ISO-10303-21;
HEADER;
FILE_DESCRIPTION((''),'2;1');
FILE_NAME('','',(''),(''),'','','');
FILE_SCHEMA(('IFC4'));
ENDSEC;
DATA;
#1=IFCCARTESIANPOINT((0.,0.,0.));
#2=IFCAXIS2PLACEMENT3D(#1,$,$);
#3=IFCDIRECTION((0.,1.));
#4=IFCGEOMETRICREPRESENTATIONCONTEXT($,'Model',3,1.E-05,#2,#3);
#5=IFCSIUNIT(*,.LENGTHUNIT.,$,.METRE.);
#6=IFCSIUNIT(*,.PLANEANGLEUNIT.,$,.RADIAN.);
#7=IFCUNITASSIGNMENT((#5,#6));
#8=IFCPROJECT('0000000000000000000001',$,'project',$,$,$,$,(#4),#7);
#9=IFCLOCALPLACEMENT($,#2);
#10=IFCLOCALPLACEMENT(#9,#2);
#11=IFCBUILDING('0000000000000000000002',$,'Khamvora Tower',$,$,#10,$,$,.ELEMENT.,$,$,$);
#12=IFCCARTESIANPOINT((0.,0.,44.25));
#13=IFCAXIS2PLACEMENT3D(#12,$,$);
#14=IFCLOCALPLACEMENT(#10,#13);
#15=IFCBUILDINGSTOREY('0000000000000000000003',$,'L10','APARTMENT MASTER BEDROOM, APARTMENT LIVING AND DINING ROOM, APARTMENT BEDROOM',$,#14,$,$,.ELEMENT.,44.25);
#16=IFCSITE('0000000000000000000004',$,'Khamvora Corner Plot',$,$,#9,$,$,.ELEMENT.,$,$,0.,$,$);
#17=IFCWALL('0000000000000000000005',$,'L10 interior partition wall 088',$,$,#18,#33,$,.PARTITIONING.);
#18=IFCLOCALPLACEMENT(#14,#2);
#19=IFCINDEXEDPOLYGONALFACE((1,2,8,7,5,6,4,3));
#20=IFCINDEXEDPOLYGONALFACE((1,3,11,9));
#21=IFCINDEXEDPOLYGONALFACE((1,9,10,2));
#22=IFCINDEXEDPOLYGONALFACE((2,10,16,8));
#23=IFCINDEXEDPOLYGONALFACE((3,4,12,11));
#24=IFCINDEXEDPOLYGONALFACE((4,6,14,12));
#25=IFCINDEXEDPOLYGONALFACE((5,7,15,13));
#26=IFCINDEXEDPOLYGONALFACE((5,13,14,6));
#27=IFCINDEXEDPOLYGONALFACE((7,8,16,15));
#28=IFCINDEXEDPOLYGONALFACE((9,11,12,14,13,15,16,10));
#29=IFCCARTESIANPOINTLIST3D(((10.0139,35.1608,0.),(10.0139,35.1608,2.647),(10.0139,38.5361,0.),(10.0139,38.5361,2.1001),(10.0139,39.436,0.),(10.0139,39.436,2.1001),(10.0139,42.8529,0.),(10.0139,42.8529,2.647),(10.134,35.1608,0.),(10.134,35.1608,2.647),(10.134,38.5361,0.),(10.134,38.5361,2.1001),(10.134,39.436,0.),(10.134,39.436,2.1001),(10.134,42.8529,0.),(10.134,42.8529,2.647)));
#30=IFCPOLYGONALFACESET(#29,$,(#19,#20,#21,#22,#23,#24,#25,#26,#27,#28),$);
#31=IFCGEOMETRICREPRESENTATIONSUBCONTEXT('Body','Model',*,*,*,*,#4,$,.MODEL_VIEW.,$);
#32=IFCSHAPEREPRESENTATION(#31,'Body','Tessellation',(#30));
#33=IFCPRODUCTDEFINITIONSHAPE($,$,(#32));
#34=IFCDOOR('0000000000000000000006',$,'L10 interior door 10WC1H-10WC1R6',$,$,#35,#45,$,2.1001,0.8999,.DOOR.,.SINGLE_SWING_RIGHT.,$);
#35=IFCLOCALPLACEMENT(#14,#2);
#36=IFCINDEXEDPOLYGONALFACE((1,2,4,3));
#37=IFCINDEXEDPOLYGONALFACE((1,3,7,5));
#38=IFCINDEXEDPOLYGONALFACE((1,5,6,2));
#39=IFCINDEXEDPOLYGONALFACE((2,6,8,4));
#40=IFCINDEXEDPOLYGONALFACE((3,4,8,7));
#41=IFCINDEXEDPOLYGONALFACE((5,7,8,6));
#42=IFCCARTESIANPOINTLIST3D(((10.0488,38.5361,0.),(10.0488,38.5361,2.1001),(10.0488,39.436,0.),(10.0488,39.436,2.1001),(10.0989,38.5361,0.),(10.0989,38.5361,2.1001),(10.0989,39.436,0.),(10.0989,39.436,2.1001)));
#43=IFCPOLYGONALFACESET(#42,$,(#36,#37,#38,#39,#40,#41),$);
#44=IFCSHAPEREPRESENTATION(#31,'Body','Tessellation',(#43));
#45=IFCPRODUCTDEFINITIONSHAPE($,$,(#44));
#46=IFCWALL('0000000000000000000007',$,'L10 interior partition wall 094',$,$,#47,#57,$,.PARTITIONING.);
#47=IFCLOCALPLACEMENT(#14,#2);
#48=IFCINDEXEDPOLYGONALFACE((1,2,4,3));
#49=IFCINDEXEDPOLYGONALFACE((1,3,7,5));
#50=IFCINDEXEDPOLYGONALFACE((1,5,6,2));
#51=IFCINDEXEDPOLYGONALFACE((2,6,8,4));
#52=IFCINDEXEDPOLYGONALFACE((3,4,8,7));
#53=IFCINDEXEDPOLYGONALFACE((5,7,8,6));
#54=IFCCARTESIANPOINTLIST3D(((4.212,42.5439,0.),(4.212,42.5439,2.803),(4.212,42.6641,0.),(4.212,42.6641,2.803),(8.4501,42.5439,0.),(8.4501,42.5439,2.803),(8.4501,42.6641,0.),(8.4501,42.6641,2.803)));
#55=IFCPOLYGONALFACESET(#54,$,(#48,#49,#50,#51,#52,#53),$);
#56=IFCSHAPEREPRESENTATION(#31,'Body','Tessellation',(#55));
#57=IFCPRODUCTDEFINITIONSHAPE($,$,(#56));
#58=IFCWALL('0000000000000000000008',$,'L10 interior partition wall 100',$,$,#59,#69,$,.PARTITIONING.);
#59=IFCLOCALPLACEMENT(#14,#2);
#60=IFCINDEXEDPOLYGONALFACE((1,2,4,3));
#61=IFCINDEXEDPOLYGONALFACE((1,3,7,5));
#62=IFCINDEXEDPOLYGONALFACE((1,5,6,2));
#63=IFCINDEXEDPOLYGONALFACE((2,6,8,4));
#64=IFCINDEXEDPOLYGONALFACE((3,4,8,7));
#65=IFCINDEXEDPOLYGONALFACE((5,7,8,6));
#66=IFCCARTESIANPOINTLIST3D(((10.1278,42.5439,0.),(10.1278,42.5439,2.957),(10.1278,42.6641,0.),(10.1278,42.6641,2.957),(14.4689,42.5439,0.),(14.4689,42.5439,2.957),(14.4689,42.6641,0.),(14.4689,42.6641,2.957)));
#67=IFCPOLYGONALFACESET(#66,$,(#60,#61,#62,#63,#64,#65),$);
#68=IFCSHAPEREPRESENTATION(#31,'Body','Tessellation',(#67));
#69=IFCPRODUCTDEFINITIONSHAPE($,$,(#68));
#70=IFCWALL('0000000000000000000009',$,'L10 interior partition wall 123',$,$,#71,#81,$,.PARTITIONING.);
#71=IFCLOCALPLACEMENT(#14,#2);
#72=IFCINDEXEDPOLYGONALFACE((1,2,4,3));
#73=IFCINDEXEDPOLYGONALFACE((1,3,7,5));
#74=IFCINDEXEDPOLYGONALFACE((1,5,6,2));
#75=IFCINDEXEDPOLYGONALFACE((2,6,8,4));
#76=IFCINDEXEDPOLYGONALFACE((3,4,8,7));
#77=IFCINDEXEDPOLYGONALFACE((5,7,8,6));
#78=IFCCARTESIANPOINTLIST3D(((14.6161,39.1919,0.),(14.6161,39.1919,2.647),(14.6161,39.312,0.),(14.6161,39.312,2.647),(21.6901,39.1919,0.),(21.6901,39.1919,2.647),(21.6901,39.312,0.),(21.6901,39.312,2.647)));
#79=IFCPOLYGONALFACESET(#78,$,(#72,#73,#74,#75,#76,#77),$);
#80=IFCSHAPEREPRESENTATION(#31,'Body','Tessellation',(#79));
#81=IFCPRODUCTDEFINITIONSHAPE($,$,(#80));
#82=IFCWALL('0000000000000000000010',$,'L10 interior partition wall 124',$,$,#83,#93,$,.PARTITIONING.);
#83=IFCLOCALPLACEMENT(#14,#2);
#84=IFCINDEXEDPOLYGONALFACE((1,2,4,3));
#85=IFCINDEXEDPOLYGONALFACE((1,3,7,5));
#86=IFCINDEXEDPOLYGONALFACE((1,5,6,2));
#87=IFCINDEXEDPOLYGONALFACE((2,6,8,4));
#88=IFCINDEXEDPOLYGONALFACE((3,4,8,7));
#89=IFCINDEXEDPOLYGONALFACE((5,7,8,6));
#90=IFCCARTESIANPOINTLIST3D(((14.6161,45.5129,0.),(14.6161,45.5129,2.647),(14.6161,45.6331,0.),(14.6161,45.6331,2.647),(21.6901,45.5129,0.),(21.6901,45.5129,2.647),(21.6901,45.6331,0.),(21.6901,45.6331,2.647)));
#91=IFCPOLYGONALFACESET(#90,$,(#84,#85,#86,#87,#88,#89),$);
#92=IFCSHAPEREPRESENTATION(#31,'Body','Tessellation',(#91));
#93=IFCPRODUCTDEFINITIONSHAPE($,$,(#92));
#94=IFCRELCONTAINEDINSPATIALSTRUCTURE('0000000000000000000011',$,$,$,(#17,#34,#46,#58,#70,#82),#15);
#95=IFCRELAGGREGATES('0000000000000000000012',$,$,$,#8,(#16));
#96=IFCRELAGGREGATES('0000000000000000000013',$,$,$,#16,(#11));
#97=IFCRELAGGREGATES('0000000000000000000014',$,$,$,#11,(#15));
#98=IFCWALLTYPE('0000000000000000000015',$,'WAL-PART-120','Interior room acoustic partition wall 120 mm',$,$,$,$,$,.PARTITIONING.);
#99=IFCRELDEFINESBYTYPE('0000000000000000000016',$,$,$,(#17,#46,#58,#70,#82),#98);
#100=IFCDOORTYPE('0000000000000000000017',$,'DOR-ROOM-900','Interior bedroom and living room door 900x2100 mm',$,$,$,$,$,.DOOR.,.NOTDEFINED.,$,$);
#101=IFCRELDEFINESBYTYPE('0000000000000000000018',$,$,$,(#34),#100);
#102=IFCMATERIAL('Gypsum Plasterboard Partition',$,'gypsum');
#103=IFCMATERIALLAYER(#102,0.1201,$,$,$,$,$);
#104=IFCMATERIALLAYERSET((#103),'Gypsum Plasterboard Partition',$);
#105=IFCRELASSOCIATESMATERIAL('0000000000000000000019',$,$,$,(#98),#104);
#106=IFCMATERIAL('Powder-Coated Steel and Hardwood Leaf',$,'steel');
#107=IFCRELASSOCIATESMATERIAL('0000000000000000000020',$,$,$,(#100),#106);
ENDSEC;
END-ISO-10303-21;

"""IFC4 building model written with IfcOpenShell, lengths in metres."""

from ifc_helpers import new_model, si_unit, direction, frame, frame_2d, origin, place, context, subcontext, project, spatial, rectangle, extrude, material, layer, layer_set, type_object, element, fill, save


model = new_model("IFC4")

# Units and contexts
model_context = context("Model", 3, precision=1e-05, world=origin(), true_north=direction((0.0, 1.0)))
body_context = subcontext(model_context, "Body", "Model", "MODEL_VIEW")
ifc_project = project(units=[si_unit("LENGTHUNIT", "METRE"), si_unit("PLANEANGLEUNIT", "RADIAN")], contexts=[model_context])

# Site, building, storey
site_placement = place(None, origin())
site = spatial("IfcSite", under=ifc_project, at=site_placement, Name="Khamvora Corner Plot", CompositionType="ELEMENT", RefElevation=0.0)
building_placement = place(site_placement, origin())
building = spatial("IfcBuilding", under=site, at=building_placement, Name="Khamvora Tower", CompositionType="ELEMENT")
storey_placement = place(building_placement, frame((0.0, 0.0, 44.25)))
storey = spatial("IfcBuildingStorey", under=building, at=storey_placement, Name="L10", Description="APARTMENT MASTER BEDROOM, APARTMENT LIVING AND DINING ROOM, APARTMENT BEDROOM", CompositionType="ELEMENT", Elevation=44.25)

# Wall, opening, door
ifc_material_1 = material(Name="Gypsum Plasterboard Partition", Category="gypsum")
ifc_layer_1 = layer(ifc_material_1, 0.1201)
ifc_layer_set_1 = layer_set([ifc_layer_1], Name="Gypsum Plasterboard Partition")
wall_type_1 = type_object("IfcWallType", Name="WAL-PART-120", Description="Interior room acoustic partition wall 120 mm", PredefinedType="PARTITIONING", material=ifc_layer_set_1)
ifc_material_2 = material(Name="Powder-Coated Steel and Hardwood Leaf", Category="steel")
door_type = type_object("IfcDoorType", Name="DOR-ROOM-900", Description="Interior bedroom and living room door 900x2100 mm", OperationType="NOTDEFINED", PredefinedType="DOOR", material=ifc_material_2)
wall_1_placement = place(storey_placement, frame((10.074, 42.853, 0.0), z_axis=(0.0, 0.0, 1.0), x_axis=(0.0, -1.0, 0.0)))
wall_1 = element("IfcWall", 1, at=wall_1_placement, inside=storey, type_object=wall_type_1, Name="L10 interior partition wall 088", PredefinedType="PARTITIONING", context=body_context, shape_type="SweptSolid", body=[
    extrude(rectangle(XDim=7.6921, YDim=0.1201, at=frame_2d((3.8462, 0.0))), origin(), (0.0, 0.0, 1.0), 2.647),
])
opening_1_placement = place(wall_1_placement, frame((3.417, 0.0, 0.0)))
opening_1 = element("IfcOpeningElement", 2, at=opening_1_placement, cuts=wall_1, PredefinedType="OPENING", context=body_context, shape_type="SweptSolid", body=[
    extrude(rectangle(XDim=0.8999, YDim=2.1001, at=frame_2d((0.45, 1.05))), frame((0.0, 0.0701, 0.0), z_axis=(0.0, -1.0, 0.0), x_axis=(1.0, 0.0, 0.0)), (0.0, 0.0, 1.0), 0.1401),
])
door_1_placement = place(opening_1_placement, origin())
door_1 = element("IfcDoor", 3, at=door_1_placement, inside=storey, type_object=door_type, Name="L10 interior door 10WC1H-10WC1R6", OperationType="SINGLE_SWING_RIGHT", OverallHeight=2.1001, OverallWidth=0.8999, PredefinedType="DOOR", context=body_context, shape_type="SweptSolid", body=[
    extrude(rectangle(XDim=0.8999, YDim=2.1001, at=frame_2d((0.45, 1.05))), frame((0.0, 0.0249, 0.0), z_axis=(0.0, -1.0, 0.0), x_axis=(1.0, 0.0, 0.0)), (0.0, 0.0, 1.0), 0.05),
])
fill(opening_1, door_1)

# Walls
wall_2_placement = place(storey_placement, frame((4.2119, 42.604, 0.0), z_axis=(0.0, 0.0, 1.0), x_axis=(1.0, 0.0, 0.0)))
element("IfcWall", 4, at=wall_2_placement, inside=storey, type_object=wall_type_1, Name="L10 interior partition wall 094", PredefinedType="PARTITIONING", context=body_context, shape_type="SweptSolid", body=[
    extrude(rectangle(XDim=4.238, YDim=0.1201, at=frame_2d((2.1191, 0.0))), origin(), (0.0, 0.0, 1.0), 2.803),
])
wall_3_placement = place(storey_placement, frame((10.1279, 42.604, 0.0), z_axis=(0.0, 0.0, 1.0), x_axis=(1.0, 0.0, 0.0)))
element("IfcWall", 5, at=wall_3_placement, inside=storey, type_object=wall_type_1, Name="L10 interior partition wall 100", PredefinedType="PARTITIONING", context=body_context, shape_type="SweptSolid", body=[
    extrude(rectangle(XDim=4.3411, YDim=0.1201, at=frame_2d((2.1704, 0.0))), origin(), (0.0, 0.0, 1.0), 2.957),
])
for number, where, z_axis, x_axis, name in (
    (6, (14.616, 39.252, 0.0), (0.0, 0.0, 1.0), (1.0, 0.0, 0.0), "L10 interior partition wall 123"),
    (7, (14.616, 45.573, 0.0), (0.0, 0.0, 1.0), (1.0, 0.0, 0.0), "L10 interior partition wall 124"),
):
    element("IfcWall", number, at=place(storey_placement, frame(where, z_axis=z_axis, x_axis=x_axis)), inside=storey, type_object=wall_type_1, Name=name, PredefinedType="PARTITIONING", context=body_context, shape_type="SweptSolid", body=[
        extrude(rectangle(XDim=7.074, YDim=0.1201, at=frame_2d((3.5371, 0.0))), origin(), (0.0, 0.0, 1.0), 2.647),
    ])

save(model, "model.ifc")
